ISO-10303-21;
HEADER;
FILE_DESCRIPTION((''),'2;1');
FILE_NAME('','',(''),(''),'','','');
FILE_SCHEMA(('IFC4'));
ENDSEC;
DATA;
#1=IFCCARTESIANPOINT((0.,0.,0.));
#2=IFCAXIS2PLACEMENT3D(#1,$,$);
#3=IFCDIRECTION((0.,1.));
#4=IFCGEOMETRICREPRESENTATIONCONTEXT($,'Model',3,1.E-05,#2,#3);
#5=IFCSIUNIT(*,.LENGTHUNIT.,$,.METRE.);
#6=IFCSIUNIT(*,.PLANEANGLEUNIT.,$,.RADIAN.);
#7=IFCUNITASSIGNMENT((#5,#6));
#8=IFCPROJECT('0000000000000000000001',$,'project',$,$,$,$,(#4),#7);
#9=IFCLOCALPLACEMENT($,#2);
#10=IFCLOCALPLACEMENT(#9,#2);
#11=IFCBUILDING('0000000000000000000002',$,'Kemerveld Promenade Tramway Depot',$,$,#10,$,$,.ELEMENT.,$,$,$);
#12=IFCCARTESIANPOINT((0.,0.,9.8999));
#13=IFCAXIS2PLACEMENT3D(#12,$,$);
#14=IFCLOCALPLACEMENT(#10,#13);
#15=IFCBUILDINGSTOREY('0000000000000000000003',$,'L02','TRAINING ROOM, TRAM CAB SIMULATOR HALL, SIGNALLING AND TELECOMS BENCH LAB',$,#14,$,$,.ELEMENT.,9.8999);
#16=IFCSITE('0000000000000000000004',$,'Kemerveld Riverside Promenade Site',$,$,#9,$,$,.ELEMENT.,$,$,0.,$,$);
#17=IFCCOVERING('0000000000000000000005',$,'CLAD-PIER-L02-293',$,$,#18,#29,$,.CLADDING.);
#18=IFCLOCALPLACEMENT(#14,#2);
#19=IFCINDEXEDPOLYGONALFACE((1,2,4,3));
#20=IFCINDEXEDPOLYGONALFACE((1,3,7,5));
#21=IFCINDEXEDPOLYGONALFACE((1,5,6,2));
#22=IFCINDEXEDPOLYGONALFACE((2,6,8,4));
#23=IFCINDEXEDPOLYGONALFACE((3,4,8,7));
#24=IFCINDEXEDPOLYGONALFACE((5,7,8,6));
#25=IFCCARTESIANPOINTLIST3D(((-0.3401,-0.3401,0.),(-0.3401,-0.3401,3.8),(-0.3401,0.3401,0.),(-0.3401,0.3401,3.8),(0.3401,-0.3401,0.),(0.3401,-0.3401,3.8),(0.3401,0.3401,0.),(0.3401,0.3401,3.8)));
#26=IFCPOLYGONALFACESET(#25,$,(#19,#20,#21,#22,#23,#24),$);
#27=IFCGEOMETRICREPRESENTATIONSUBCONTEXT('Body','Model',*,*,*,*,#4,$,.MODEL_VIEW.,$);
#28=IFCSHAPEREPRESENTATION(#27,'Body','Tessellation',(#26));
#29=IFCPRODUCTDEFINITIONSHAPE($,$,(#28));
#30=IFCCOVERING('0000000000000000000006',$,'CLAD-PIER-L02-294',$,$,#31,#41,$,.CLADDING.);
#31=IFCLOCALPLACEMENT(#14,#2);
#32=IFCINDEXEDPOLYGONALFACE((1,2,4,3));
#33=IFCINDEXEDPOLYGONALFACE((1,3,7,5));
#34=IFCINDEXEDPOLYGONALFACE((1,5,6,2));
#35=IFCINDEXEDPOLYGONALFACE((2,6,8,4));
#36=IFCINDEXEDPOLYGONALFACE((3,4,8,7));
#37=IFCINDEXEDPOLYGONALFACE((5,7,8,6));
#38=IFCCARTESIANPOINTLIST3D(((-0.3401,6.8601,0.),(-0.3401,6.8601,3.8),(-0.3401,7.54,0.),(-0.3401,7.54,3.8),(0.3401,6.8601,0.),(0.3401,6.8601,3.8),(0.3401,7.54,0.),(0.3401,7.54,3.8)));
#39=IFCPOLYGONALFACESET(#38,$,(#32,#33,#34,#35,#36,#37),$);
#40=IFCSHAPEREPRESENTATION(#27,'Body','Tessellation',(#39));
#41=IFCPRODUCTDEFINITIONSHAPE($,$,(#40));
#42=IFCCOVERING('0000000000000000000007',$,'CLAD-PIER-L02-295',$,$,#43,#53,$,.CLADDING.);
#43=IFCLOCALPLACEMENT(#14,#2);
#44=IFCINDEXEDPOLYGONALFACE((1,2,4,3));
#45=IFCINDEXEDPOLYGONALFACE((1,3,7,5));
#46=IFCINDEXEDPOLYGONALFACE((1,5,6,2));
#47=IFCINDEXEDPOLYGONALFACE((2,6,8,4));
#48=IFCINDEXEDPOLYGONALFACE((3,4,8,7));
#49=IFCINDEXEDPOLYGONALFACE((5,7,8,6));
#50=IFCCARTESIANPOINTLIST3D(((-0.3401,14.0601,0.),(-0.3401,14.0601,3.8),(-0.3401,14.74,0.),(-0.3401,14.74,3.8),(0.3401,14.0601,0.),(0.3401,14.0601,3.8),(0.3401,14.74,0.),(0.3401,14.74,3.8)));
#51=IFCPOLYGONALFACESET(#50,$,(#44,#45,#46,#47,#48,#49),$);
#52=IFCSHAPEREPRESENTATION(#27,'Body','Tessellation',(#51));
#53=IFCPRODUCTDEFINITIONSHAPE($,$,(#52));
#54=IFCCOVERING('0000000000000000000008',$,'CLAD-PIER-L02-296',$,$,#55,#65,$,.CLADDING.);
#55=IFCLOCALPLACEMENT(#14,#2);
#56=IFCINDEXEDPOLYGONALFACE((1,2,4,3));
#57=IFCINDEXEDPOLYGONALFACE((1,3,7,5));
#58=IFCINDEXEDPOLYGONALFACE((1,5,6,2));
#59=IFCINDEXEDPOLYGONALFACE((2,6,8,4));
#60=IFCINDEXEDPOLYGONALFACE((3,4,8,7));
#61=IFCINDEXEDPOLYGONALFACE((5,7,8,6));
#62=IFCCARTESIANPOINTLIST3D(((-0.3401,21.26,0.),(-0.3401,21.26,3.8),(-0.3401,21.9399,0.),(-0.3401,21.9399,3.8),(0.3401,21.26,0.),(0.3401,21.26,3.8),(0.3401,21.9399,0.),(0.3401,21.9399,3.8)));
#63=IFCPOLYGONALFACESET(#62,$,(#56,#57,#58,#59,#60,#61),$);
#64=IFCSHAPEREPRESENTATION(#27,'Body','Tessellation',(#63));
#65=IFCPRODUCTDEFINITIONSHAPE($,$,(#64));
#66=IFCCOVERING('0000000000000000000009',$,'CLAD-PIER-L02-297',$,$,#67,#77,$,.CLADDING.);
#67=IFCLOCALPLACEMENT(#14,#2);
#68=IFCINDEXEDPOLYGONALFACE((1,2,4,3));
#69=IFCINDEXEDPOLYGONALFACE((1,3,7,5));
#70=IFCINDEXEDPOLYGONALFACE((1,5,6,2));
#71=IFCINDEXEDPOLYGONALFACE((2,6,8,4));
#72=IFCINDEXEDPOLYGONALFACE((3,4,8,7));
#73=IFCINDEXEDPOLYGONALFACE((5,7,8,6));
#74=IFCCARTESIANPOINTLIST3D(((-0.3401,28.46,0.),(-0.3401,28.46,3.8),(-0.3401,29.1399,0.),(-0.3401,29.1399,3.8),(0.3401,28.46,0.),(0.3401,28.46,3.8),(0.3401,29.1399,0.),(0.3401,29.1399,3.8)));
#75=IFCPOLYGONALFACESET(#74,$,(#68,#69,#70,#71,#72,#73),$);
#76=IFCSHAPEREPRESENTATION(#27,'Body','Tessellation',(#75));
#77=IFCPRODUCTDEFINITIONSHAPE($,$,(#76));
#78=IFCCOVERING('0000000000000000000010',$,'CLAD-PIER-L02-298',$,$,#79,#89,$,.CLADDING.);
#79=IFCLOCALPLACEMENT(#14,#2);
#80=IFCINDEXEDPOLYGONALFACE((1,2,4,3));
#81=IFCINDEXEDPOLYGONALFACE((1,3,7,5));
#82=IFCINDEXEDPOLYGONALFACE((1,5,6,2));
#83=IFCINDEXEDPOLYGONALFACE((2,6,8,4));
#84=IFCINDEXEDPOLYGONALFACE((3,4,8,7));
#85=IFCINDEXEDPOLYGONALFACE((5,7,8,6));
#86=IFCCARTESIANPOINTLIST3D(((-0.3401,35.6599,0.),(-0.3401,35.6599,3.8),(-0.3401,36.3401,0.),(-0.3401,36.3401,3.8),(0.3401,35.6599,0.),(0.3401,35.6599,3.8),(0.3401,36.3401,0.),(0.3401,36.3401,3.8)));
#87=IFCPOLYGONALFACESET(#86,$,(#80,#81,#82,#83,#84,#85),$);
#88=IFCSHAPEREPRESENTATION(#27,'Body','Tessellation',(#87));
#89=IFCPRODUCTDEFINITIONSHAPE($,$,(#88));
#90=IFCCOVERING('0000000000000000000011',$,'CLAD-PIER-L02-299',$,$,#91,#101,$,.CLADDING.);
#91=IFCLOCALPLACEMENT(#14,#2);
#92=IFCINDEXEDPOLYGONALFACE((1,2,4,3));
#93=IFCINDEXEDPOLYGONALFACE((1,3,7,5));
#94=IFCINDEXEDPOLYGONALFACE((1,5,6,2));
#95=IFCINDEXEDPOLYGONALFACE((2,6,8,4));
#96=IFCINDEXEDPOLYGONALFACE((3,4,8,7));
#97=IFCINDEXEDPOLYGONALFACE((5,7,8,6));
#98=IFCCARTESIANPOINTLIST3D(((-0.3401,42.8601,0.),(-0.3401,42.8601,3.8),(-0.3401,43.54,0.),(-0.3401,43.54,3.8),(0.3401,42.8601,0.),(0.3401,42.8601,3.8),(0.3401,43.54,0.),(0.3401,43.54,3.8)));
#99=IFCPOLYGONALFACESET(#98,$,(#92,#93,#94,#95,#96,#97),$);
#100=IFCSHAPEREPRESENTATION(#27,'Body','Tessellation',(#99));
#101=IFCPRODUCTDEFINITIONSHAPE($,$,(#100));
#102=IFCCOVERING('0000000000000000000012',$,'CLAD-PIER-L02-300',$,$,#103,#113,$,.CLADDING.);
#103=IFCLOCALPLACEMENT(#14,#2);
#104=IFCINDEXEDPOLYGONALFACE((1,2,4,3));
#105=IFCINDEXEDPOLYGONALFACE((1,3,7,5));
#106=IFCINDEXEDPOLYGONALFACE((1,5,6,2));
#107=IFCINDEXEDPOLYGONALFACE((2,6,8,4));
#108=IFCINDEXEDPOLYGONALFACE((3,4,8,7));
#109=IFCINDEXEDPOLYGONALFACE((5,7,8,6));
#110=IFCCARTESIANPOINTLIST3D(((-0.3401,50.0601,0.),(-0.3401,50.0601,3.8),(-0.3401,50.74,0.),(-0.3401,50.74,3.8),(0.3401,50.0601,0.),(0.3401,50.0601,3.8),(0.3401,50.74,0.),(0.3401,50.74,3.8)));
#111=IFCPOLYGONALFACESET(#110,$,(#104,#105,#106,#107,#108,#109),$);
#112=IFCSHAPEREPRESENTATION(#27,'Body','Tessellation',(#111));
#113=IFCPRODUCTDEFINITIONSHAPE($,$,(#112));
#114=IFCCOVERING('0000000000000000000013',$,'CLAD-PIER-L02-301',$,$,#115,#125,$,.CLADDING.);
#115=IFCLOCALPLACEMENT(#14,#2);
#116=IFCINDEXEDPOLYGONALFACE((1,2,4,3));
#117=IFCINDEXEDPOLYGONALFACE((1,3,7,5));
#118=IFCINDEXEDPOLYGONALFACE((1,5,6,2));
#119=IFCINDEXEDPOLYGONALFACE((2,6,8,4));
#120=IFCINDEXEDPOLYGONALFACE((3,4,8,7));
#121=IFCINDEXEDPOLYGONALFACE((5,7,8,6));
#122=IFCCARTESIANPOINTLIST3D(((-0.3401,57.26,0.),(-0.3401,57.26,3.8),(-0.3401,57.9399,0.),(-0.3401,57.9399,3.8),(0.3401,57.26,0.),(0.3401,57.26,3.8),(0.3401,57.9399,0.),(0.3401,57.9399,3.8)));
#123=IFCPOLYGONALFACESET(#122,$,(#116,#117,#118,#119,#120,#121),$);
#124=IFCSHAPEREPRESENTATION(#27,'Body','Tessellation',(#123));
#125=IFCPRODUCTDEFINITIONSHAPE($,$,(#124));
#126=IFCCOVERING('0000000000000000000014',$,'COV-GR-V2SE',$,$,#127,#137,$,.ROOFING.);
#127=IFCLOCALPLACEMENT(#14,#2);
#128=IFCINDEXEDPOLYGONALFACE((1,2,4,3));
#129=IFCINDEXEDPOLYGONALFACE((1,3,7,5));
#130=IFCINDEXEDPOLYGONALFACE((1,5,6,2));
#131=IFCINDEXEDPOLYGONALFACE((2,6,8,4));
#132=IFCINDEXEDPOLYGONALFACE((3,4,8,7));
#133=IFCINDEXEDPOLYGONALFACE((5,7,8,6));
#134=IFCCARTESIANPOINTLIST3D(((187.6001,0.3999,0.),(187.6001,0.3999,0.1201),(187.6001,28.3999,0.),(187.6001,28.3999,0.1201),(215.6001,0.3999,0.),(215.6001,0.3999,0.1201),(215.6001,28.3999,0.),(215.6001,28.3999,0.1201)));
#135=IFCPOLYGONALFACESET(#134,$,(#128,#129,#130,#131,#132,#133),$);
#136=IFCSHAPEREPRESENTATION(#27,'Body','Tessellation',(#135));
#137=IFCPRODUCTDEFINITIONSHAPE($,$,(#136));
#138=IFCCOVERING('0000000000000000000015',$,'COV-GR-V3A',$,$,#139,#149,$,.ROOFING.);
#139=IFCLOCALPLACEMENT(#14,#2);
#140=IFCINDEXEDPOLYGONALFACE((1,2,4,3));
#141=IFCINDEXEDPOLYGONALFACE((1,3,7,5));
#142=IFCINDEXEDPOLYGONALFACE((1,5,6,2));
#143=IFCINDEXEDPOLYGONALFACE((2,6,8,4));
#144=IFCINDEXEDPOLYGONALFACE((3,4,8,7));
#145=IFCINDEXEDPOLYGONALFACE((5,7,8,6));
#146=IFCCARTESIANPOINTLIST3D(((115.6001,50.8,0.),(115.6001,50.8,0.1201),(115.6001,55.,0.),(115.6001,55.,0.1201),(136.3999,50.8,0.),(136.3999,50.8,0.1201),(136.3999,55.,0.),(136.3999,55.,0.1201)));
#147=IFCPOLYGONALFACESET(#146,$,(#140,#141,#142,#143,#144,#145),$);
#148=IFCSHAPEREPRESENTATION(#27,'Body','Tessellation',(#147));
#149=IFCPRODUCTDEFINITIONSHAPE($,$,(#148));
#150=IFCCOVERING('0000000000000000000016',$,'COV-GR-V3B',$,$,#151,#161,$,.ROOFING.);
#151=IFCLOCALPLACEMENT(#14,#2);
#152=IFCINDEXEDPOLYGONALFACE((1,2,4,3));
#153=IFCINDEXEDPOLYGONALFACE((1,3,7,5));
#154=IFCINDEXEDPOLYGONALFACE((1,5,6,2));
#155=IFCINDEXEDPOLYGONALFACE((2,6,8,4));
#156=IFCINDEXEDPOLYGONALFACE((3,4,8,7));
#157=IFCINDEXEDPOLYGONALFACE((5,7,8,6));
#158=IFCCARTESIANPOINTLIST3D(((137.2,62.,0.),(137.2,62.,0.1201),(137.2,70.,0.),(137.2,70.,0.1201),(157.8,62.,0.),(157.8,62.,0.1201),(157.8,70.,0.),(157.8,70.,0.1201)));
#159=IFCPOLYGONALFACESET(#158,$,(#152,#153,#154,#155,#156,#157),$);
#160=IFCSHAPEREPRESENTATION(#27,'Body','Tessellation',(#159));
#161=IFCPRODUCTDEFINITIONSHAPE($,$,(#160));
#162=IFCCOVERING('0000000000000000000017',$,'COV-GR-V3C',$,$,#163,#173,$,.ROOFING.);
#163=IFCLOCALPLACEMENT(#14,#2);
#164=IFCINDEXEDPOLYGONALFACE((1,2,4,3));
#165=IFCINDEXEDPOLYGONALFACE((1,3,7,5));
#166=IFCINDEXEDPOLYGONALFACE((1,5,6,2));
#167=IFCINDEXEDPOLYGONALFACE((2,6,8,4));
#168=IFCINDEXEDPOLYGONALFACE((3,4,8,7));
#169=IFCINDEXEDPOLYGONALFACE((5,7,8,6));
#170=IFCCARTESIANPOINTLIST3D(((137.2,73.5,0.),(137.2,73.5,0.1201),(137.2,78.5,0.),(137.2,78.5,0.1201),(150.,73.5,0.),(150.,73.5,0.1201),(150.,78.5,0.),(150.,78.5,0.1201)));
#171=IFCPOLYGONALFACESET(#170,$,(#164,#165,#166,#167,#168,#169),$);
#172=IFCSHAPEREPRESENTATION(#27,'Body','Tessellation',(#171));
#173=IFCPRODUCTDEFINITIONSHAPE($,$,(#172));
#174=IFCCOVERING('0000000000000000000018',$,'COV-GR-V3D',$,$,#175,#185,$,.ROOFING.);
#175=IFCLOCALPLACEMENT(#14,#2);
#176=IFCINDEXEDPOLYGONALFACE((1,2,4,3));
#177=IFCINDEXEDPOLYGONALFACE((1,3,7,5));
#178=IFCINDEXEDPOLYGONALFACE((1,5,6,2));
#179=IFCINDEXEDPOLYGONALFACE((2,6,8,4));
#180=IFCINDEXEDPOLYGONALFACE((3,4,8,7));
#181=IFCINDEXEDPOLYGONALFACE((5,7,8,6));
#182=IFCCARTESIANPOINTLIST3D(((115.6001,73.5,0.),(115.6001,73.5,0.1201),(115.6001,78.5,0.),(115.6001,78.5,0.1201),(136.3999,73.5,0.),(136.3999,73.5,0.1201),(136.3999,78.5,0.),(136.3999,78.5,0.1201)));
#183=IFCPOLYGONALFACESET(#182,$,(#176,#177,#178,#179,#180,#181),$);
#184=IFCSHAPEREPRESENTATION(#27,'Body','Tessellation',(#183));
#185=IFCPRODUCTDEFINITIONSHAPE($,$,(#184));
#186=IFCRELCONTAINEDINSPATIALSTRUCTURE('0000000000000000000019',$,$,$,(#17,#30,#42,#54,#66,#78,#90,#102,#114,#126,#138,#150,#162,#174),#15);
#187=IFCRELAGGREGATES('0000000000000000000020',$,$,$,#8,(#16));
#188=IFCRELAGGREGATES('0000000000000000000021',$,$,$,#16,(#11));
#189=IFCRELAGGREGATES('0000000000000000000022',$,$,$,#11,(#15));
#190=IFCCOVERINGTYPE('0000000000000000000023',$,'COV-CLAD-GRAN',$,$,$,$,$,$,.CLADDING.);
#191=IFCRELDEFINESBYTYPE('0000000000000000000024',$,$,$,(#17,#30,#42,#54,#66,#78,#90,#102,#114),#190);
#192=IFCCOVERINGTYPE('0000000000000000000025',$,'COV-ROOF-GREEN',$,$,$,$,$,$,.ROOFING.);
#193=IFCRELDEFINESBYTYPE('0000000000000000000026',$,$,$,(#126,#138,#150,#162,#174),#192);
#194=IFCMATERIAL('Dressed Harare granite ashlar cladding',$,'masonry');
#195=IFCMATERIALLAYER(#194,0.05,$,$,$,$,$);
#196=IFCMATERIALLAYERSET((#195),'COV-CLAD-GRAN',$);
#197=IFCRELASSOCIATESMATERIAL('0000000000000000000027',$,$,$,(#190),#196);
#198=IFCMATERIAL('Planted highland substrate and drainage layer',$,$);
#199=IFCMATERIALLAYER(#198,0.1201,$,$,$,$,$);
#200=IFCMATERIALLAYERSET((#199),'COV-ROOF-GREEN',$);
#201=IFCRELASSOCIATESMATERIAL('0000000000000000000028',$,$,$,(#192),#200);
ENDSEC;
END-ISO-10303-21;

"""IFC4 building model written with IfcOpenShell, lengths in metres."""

from ifc_helpers import new_model, si_unit, direction, frame, origin, place, context, subcontext, project, spatial, polyline, outline, extrude, material, layer, layer_set, type_object, element, save


model = new_model("IFC4")

# Units and contexts
model_context = context("Model", 3, precision=1e-05, world=origin(), true_north=direction((0.0, 1.0)))
body_context = subcontext(model_context, "Body", "Model", "MODEL_VIEW")
ifc_project = project(units=[si_unit("LENGTHUNIT", "METRE"), si_unit("PLANEANGLEUNIT", "RADIAN")], contexts=[model_context])

# Site, building, storey
site_placement = place(None, origin())
site = spatial("IfcSite", under=ifc_project, at=site_placement, Name="Kemerveld Riverside Promenade Site", CompositionType="ELEMENT", RefElevation=0.0)
building_placement = place(site_placement, origin())
building = spatial("IfcBuilding", under=site, at=building_placement, Name="Kemerveld Promenade Tramway Depot", CompositionType="ELEMENT")
storey_placement = place(building_placement, frame((0.0, 0.0, 9.8999)))
storey = spatial("IfcBuildingStorey", under=building, at=storey_placement, Name="L02", Description="TRAINING ROOM, TRAM CAB SIMULATOR HALL, SIGNALLING AND TELECOMS BENCH LAB", CompositionType="ELEMENT", Elevation=9.8999)

# Coverings
ifc_material_1 = material(Name="Dressed Harare granite ashlar cladding", Category="masonry")
ifc_layer_1 = layer(ifc_material_1, 0.05)
ifc_layer_set_1 = layer_set([ifc_layer_1], Name="COV-CLAD-GRAN")
covering_type_1 = type_object("IfcCoveringType", Name="COV-CLAD-GRAN", PredefinedType="CLADDING", material=ifc_layer_set_1)
covering_1_placement = place(storey_placement, origin())
element("IfcCovering", 1, at=covering_1_placement, inside=storey, type_object=covering_type_1, Name="CLAD-PIER-L02-293", PredefinedType="CLADDING", context=body_context, shape_type="SweptSolid", body=[
    extrude(outline(polyline([(-0.3401, -0.3401), (0.3401, -0.3401), (0.3401, 0.3401), (-0.3401, 0.3401), (-0.3401, -0.3401)])), origin(), (0.0, 0.0, 1.0), 3.8),
])
covering_2_placement = place(storey_placement, origin())
element("IfcCovering", 2, at=covering_2_placement, inside=storey, type_object=covering_type_1, Name="CLAD-PIER-L02-294", PredefinedType="CLADDING", context=body_context, shape_type="SweptSolid", body=[
    extrude(outline(polyline([(-0.3401, 6.8601), (0.3401, 6.8601), (0.3401, 7.54), (-0.3401, 7.54), (-0.3401, 6.8601)])), origin(), (0.0, 0.0, 1.0), 3.8),
])
covering_3_placement = place(storey_placement, origin())
element("IfcCovering", 3, at=covering_3_placement, inside=storey, type_object=covering_type_1, Name="CLAD-PIER-L02-295", PredefinedType="CLADDING", context=body_context, shape_type="SweptSolid", body=[
    extrude(outline(polyline([(-0.3401, 14.0601), (0.3401, 14.0601), (0.3401, 14.74), (-0.3401, 14.74), (-0.3401, 14.0601)])), origin(), (0.0, 0.0, 1.0), 3.8),
])
covering_4_placement = place(storey_placement, origin())
element("IfcCovering", 4, at=covering_4_placement, inside=storey, type_object=covering_type_1, Name="CLAD-PIER-L02-296", PredefinedType="CLADDING", context=body_context, shape_type="SweptSolid", body=[
    extrude(outline(polyline([(-0.3401, 21.26), (0.3401, 21.26), (0.3401, 21.9399), (-0.3401, 21.9399), (-0.3401, 21.26)])), origin(), (0.0, 0.0, 1.0), 3.8),
])
covering_5_placement = place(storey_placement, origin())
element("IfcCovering", 5, at=covering_5_placement, inside=storey, type_object=covering_type_1, Name="CLAD-PIER-L02-297", PredefinedType="CLADDING", context=body_context, shape_type="SweptSolid", body=[
    extrude(outline(polyline([(-0.3401, 28.46), (0.3401, 28.46), (0.3401, 29.1399), (-0.3401, 29.1399), (-0.3401, 28.46)])), origin(), (0.0, 0.0, 1.0), 3.8),
])
covering_6_placement = place(storey_placement, origin())
element("IfcCovering", 6, at=covering_6_placement, inside=storey, type_object=covering_type_1, Name="CLAD-PIER-L02-298", PredefinedType="CLADDING", context=body_context, shape_type="SweptSolid", body=[
    extrude(outline(polyline([(-0.3401, 35.6599), (0.3401, 35.6599), (0.3401, 36.3401), (-0.3401, 36.3401), (-0.3401, 35.6599)])), origin(), (0.0, 0.0, 1.0), 3.8),
])
covering_7_placement = place(storey_placement, origin())
element("IfcCovering", 7, at=covering_7_placement, inside=storey, type_object=covering_type_1, Name="CLAD-PIER-L02-299", PredefinedType="CLADDING", context=body_context, shape_type="SweptSolid", body=[
    extrude(outline(polyline([(-0.3401, 42.8601), (0.3401, 42.8601), (0.3401, 43.54), (-0.3401, 43.54), (-0.3401, 42.8601)])), origin(), (0.0, 0.0, 1.0), 3.8),
])
covering_8_placement = place(storey_placement, origin())
element("IfcCovering", 8, at=covering_8_placement, inside=storey, type_object=covering_type_1, Name="CLAD-PIER-L02-300", PredefinedType="CLADDING", context=body_context, shape_type="SweptSolid", body=[
    extrude(outline(polyline([(-0.3401, 50.0601), (0.3401, 50.0601), (0.3401, 50.74), (-0.3401, 50.74), (-0.3401, 50.0601)])), origin(), (0.0, 0.0, 1.0), 3.8),
])
covering_9_placement = place(storey_placement, origin())
element("IfcCovering", 9, at=covering_9_placement, inside=storey, type_object=covering_type_1, Name="CLAD-PIER-L02-301", PredefinedType="CLADDING", context=body_context, shape_type="SweptSolid", body=[
    extrude(outline(polyline([(-0.3401, 57.26), (0.3401, 57.26), (0.3401, 57.9399), (-0.3401, 57.9399), (-0.3401, 57.26)])), origin(), (0.0, 0.0, 1.0), 3.8),
])
ifc_material_2 = material(Name="Planted highland substrate and drainage layer")
ifc_layer_2 = layer(ifc_material_2, 0.1201)
ifc_layer_set_2 = layer_set([ifc_layer_2], Name="COV-ROOF-GREEN")
covering_type_2 = type_object("IfcCoveringType", Name="COV-ROOF-GREEN", PredefinedType="ROOFING", material=ifc_layer_set_2)
covering_10_placement = place(storey_placement, origin())
element("IfcCovering", 10, at=covering_10_placement, inside=storey, type_object=covering_type_2, Name="COV-GR-V2SE", PredefinedType="ROOFING", context=body_context, shape_type="SweptSolid", body=[
    extrude(outline(polyline([(187.6001, 0.3999), (215.6001, 0.3999), (215.6001, 28.3999), (187.6001, 28.3999), (187.6001, 0.3999)])), origin(), (0.0, 0.0, 1.0), 0.1201),
])
covering_11_placement = place(storey_placement, origin())
element("IfcCovering", 11, at=covering_11_placement, inside=storey, type_object=covering_type_2, Name="COV-GR-V3A", PredefinedType="ROOFING", context=body_context, shape_type="SweptSolid", body=[
    extrude(outline(polyline([(115.6001, 50.8), (136.3999, 50.8), (136.3999, 55.0), (115.6001, 55.0), (115.6001, 50.8)])), origin(), (0.0, 0.0, 1.0), 0.1201),
])
covering_12_placement = place(storey_placement, origin())
element("IfcCovering", 12, at=covering_12_placement, inside=storey, type_object=covering_type_2, Name="COV-GR-V3B", PredefinedType="ROOFING", context=body_context, shape_type="SweptSolid", body=[
    extrude(outline(polyline([(137.2, 62.0), (157.8, 62.0), (157.8, 70.0), (137.2, 70.0), (137.2, 62.0)])), origin(), (0.0, 0.0, 1.0), 0.1201),
])
covering_13_placement = place(storey_placement, origin())
element("IfcCovering", 13, at=covering_13_placement, inside=storey, type_object=covering_type_2, Name="COV-GR-V3C", PredefinedType="ROOFING", context=body_context, shape_type="SweptSolid", body=[
    extrude(outline(polyline([(137.2, 73.5), (150.0, 73.5), (150.0, 78.5), (137.2, 78.5), (137.2, 73.5)])), origin(), (0.0, 0.0, 1.0), 0.1201),
])
covering_14_placement = place(storey_placement, origin())
element("IfcCovering", 14, at=covering_14_placement, inside=storey, type_object=covering_type_2, Name="COV-GR-V3D", PredefinedType="ROOFING", context=body_context, shape_type="SweptSolid", body=[
    extrude(outline(polyline([(115.6001, 73.5), (136.3999, 73.5), (136.3999, 78.5), (115.6001, 78.5), (115.6001, 73.5)])), origin(), (0.0, 0.0, 1.0), 0.1201),
])

save(model, "model.ifc")
